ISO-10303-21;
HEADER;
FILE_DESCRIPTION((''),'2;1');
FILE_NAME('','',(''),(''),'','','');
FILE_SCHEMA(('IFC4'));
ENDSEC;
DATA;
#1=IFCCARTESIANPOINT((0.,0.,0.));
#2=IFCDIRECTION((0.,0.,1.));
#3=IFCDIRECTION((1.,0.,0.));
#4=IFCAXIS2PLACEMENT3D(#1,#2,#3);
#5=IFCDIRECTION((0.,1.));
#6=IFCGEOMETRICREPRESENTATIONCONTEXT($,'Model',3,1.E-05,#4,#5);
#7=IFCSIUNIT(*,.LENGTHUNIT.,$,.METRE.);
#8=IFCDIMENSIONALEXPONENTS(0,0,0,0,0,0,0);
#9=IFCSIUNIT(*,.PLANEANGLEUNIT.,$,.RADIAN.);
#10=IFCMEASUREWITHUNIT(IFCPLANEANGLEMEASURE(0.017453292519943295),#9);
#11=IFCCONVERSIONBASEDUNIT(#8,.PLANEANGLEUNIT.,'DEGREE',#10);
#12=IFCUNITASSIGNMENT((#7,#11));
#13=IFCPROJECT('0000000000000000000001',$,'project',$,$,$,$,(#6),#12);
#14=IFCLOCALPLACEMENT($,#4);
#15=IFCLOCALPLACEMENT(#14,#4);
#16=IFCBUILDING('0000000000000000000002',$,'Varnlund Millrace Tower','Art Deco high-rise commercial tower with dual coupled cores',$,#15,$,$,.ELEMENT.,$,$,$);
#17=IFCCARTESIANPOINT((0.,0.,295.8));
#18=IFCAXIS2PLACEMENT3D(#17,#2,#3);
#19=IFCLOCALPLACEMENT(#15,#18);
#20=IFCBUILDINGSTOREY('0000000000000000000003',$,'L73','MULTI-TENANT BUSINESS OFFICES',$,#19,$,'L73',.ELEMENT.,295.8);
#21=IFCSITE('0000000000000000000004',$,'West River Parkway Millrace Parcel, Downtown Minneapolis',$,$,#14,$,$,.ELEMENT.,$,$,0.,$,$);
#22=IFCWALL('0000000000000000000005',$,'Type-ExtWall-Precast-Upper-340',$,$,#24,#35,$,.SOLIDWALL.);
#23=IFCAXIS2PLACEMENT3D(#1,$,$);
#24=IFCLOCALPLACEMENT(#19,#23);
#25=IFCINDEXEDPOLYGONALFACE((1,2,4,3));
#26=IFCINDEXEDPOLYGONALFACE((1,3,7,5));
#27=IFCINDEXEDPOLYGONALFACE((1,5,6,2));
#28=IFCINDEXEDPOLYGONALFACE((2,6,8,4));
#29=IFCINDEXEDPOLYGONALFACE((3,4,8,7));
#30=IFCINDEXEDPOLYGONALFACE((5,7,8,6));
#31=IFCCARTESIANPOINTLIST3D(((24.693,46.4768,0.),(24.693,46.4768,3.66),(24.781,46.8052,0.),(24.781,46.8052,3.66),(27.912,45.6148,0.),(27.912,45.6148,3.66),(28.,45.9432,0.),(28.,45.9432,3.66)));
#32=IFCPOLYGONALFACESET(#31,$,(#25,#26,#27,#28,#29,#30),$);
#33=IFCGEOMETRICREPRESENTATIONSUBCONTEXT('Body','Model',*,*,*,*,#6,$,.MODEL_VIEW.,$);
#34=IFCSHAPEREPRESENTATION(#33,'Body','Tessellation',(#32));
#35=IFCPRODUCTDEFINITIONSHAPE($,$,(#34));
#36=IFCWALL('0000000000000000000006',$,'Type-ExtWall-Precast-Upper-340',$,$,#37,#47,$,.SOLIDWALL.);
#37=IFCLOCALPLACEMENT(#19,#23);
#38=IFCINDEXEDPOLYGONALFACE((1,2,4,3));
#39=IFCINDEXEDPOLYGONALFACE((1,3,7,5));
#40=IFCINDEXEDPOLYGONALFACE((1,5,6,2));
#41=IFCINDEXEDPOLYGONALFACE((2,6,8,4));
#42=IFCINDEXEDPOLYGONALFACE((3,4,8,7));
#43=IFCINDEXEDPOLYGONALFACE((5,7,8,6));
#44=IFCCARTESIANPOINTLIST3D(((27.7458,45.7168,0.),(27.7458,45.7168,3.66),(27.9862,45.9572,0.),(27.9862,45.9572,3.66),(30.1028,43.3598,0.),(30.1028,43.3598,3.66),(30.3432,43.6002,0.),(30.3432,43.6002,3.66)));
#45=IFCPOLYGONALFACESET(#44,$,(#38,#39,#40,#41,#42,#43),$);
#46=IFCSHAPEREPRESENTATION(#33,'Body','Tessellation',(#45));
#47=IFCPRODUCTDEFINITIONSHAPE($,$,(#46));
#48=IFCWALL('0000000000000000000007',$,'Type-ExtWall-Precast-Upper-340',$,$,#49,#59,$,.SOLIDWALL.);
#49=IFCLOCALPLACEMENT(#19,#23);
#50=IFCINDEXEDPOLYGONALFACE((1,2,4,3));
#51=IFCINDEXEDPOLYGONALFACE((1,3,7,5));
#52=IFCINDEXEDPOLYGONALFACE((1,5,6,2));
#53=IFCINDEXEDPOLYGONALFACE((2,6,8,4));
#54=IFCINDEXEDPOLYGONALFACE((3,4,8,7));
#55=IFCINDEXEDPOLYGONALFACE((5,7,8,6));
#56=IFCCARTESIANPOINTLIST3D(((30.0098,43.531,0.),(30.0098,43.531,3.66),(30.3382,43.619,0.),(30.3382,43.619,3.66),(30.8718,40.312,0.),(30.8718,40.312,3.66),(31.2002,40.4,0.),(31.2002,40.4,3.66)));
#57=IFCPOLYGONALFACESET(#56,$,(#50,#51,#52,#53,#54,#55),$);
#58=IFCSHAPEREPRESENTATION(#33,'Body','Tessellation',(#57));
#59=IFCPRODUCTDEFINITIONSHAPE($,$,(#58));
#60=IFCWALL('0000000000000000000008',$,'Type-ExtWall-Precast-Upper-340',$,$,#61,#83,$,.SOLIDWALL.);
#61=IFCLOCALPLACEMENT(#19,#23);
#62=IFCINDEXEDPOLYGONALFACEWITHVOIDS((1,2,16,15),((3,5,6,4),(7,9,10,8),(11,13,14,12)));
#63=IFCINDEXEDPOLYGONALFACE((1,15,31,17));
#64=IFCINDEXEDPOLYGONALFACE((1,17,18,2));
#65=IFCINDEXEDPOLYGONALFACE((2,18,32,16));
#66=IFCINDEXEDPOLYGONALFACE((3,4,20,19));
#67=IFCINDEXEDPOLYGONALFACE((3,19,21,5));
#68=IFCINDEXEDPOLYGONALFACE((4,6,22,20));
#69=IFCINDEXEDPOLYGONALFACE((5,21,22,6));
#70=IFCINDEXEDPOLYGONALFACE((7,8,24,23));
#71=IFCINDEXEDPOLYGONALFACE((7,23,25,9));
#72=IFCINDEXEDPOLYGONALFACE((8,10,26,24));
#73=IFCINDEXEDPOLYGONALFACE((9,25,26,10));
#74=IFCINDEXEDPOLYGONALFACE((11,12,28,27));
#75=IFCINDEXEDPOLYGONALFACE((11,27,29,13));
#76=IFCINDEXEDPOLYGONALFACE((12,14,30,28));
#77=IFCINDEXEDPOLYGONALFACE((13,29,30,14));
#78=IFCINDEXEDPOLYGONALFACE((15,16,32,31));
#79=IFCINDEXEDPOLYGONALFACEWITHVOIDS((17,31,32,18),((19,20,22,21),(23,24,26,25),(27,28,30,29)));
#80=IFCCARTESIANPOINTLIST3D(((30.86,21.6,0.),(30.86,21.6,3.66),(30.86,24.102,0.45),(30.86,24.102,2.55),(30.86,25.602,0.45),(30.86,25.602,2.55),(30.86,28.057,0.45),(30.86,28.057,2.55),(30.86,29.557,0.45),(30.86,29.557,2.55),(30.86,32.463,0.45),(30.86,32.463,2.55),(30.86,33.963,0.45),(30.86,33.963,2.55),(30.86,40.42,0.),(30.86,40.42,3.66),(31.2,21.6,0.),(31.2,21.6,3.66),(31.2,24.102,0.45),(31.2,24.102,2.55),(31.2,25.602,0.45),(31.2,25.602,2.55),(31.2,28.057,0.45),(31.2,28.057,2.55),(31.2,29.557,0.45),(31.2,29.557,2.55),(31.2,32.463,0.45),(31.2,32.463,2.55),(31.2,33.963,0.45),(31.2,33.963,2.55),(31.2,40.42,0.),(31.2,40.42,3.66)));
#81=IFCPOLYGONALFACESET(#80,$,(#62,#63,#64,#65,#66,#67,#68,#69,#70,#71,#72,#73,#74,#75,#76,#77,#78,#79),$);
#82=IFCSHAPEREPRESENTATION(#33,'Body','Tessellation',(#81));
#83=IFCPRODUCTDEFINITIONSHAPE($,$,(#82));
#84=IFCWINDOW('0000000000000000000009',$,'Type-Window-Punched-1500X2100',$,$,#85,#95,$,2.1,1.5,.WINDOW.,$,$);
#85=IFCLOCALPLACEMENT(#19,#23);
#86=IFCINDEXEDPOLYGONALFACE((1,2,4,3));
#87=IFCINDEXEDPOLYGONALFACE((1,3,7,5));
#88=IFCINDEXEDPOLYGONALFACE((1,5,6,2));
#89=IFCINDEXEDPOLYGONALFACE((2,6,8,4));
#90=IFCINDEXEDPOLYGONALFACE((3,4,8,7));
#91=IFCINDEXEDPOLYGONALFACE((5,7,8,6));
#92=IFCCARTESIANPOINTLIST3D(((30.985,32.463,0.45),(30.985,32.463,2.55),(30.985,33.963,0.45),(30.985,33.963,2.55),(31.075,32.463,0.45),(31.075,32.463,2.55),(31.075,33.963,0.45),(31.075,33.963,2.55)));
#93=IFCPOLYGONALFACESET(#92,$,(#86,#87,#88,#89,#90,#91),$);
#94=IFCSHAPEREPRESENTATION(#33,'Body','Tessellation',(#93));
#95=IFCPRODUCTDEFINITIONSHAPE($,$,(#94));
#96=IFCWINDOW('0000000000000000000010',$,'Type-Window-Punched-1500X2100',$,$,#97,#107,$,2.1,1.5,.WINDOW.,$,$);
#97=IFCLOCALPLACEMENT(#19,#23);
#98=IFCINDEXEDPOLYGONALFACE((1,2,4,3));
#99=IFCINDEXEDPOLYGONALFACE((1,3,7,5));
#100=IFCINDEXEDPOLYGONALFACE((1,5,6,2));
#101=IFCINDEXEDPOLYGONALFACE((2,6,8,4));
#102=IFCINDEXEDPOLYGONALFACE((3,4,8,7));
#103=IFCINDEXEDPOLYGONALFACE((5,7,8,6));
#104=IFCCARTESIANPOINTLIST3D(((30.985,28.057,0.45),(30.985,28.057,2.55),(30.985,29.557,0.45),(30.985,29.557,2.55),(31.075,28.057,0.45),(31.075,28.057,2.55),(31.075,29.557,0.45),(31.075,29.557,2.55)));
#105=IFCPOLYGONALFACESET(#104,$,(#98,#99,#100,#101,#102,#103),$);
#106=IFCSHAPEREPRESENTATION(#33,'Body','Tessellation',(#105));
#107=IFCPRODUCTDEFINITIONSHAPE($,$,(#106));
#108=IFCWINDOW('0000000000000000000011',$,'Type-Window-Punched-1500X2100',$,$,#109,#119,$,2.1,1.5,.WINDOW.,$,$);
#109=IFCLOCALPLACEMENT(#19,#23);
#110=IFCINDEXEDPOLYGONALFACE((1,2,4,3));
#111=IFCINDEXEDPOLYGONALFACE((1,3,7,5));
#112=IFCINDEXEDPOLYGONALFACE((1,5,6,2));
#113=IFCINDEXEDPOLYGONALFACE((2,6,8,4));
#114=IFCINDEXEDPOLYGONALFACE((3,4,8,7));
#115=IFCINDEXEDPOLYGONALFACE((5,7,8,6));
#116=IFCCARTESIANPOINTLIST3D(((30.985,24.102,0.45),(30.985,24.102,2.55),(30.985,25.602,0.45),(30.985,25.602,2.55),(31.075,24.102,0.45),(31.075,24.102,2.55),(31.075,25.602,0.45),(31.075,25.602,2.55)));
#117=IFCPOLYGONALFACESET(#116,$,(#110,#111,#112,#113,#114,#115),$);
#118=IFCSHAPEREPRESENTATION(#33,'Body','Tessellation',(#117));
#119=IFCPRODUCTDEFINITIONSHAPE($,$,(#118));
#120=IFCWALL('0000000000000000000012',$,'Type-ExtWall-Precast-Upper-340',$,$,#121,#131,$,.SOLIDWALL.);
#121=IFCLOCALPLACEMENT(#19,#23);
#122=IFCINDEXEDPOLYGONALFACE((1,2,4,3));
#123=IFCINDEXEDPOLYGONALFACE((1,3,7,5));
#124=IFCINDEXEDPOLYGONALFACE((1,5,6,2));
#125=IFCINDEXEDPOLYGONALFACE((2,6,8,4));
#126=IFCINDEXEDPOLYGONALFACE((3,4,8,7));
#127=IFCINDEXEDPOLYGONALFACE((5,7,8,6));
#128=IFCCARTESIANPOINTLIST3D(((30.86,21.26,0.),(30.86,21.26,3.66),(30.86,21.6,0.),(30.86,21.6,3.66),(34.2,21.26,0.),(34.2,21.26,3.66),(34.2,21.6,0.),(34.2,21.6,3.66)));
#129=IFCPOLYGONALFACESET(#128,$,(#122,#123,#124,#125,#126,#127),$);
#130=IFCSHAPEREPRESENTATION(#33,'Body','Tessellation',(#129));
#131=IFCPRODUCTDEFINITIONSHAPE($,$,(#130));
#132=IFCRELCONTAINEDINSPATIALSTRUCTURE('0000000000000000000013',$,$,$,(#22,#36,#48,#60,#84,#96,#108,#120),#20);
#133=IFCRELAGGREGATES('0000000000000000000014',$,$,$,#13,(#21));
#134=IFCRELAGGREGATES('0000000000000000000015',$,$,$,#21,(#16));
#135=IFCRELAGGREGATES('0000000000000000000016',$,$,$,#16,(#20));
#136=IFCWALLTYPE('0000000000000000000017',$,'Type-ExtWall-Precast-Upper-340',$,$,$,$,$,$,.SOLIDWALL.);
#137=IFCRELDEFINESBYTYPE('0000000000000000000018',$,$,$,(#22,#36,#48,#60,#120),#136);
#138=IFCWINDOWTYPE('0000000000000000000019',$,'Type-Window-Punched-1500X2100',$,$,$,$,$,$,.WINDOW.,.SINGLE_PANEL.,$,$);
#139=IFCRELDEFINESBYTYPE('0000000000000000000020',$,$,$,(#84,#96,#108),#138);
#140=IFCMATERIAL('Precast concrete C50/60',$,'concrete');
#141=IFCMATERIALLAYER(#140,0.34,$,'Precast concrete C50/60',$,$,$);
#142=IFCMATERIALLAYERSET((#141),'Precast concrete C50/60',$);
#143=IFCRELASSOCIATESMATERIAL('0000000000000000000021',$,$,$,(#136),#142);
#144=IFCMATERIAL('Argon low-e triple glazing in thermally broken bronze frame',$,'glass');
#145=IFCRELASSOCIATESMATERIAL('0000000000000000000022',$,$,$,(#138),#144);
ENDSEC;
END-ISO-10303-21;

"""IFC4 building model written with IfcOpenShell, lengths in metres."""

from ifc_helpers import new_model, entity, si_unit, converted_unit, direction, frame, origin_with_axes, origin_2d_with_axis, place, context, subcontext, project, spatial, polyline, rectangle, outline, extrude, material, layer, layer_set, type_object, element, fill, save


model = new_model("IFC4")

# Units and contexts
model_context = context("Model", 3, precision=1e-05, world=origin_with_axes(), true_north=direction((0.0, 1.0)))
body_context = subcontext(model_context, "Body", "Model", "MODEL_VIEW")
ifc_project = project(units=[si_unit("LENGTHUNIT", "METRE"), converted_unit("PLANEANGLEUNIT", "DEGREE", entity("IfcPlaneAngleMeasure", 0.017453292519943295), si_unit("PLANEANGLEUNIT", "RADIAN"), dimensions=[0, 0, 0, 0, 0, 0, 0])], contexts=[model_context])

# Site, building, storey
site_placement = place(None, origin_with_axes())
site = spatial("IfcSite", under=ifc_project, at=site_placement, Name="West River Parkway Millrace Parcel, Downtown Minneapolis", CompositionType="ELEMENT", RefElevation=0.0)
building_placement = place(site_placement, origin_with_axes())
building = spatial("IfcBuilding", under=site, at=building_placement, Name="Varnlund Millrace Tower", Description="Art Deco high-rise commercial tower with dual coupled cores", CompositionType="ELEMENT")
storey_placement = place(building_placement, frame((0.0, 0.0, 295.8), z_axis=(0.0, 0.0, 1.0), x_axis=(1.0, 0.0, 0.0)))
storey = spatial("IfcBuildingStorey", under=building, at=storey_placement, Name="L73", Description="MULTI-TENANT BUSINESS OFFICES", LongName="L73", CompositionType="ELEMENT", Elevation=295.8)

# Walls
ifc_material_1 = material(Name="Precast concrete C50/60", Category="concrete")
ifc_layer_1 = layer(ifc_material_1, 0.34, Name="Precast concrete C50/60")
ifc_layer_set_1 = layer_set([ifc_layer_1], Name="Precast concrete C50/60")
wall_type_1 = type_object("IfcWallType", Name="Type-ExtWall-Precast-Upper-340", PredefinedType="SOLIDWALL", material=ifc_layer_set_1)
wall_1_placement = place(storey_placement, frame((24.737, 46.641, 0.0), z_axis=(0.0, 0.0, 1.0), x_axis=(0.965965, -0.258671, 0.0)))
element("IfcWall", 1, at=wall_1_placement, inside=storey, type_object=wall_type_1, Name="Type-ExtWall-Precast-Upper-340", PredefinedType="SOLIDWALL", context=body_context, shape_type="SweptSolid", body=[
    extrude(outline(polyline([(0.0, -0.17), (3.3324, -0.17), (3.3324, 0.17), (0.0, 0.17), (0.0, -0.17)])), origin_with_axes(), (0.0, 0.0, 1.0), 3.66),
])
wall_2_placement = place(storey_placement, frame((27.866, 45.837, 0.0), z_axis=(0.0, 0.0, 1.0), x_axis=(0.707107, -0.707107, 0.0)))
element("IfcWall", 2, at=wall_2_placement, inside=storey, type_object=wall_type_1, Name="Type-ExtWall-Precast-Upper-340", PredefinedType="SOLIDWALL", context=body_context, shape_type="SweptSolid", body=[
    extrude(outline(polyline([(0.0, -0.17), (3.3333, -0.17), (3.3333, 0.17), (0.0, 0.17), (0.0, -0.17)])), origin_with_axes(), (0.0, 0.0, 1.0), 3.66),
])
wall_3_placement = place(storey_placement, frame((30.174, 43.575, 0.0), z_axis=(0.0, 0.0, 1.0), x_axis=(0.258671, -0.965965, 0.0)))
element("IfcWall", 3, at=wall_3_placement, inside=storey, type_object=wall_type_1, Name="Type-ExtWall-Precast-Upper-340", PredefinedType="SOLIDWALL", context=body_context, shape_type="SweptSolid", body=[
    extrude(outline(polyline([(0.0, -0.17), (3.3324, -0.17), (3.3324, 0.17), (0.0, 0.17), (0.0, -0.17)])), origin_with_axes(), (0.0, 0.0, 1.0), 3.66),
])

# Wall, openings, windows
wall_4_placement = place(storey_placement, frame((31.03, 40.42, 0.0), z_axis=(0.0, 0.0, 1.0), x_axis=(0.0, -1.0, 0.0)))
wall_4 = element("IfcWall", 4, at=wall_4_placement, inside=storey, type_object=wall_type_1, Name="Type-ExtWall-Precast-Upper-340", PredefinedType="SOLIDWALL", context=body_context, shape_type="SweptSolid", body=[
    extrude(outline(polyline([(0.0, -0.17), (18.82, -0.17), (18.82, 0.17), (0.0, 0.17), (0.0, -0.17)])), origin_with_axes(), (0.0, 0.0, 1.0), 3.66),
])
opening_1_placement = place(wall_4_placement, frame((7.207, 0.0, 0.45), z_axis=(0.0, 0.0, 1.0), x_axis=(1.0, 0.0, 0.0)))
opening_1 = element("IfcOpeningElement", 5, at=opening_1_placement, cuts=wall_4, PredefinedType="OPENING", context=body_context, shape_type="SweptSolid", body=[
    extrude(rectangle(XDim=1.5, YDim=0.36, at=origin_2d_with_axis()), origin_with_axes(), (0.0, 0.0, 1.0), 2.1),
])
opening_2_placement = place(wall_4_placement, frame((11.613, 0.0, 0.45), z_axis=(0.0, 0.0, 1.0), x_axis=(1.0, 0.0, 0.0)))
opening_2 = element("IfcOpeningElement", 6, at=opening_2_placement, cuts=wall_4, PredefinedType="OPENING", context=body_context, shape_type="SweptSolid", body=[
    extrude(rectangle(XDim=1.5, YDim=0.36, at=origin_2d_with_axis()), origin_with_axes(), (0.0, 0.0, 1.0), 2.1),
])
opening_3_placement = place(wall_4_placement, frame((15.568, 0.0, 0.45), z_axis=(0.0, 0.0, 1.0), x_axis=(1.0, 0.0, 0.0)))
opening_3 = element("IfcOpeningElement", 7, at=opening_3_placement, cuts=wall_4, PredefinedType="OPENING", context=body_context, shape_type="SweptSolid", body=[
    extrude(rectangle(XDim=1.5, YDim=0.36, at=origin_2d_with_axis()), origin_with_axes(), (0.0, 0.0, 1.0), 2.1),
])
ifc_material_2 = material(Name="Argon low-e triple glazing in thermally broken bronze frame", Category="glass")
window_type = type_object("IfcWindowType", Name="Type-Window-Punched-1500X2100", PartitioningType="SINGLE_PANEL", PredefinedType="WINDOW", material=ifc_material_2)
window_1_placement = place(wall_4_placement, frame((7.207, 0.0, 0.45), z_axis=(0.0, 0.0, 1.0), x_axis=(1.0, 0.0, 0.0)))
window_1 = element("IfcWindow", 8, at=window_1_placement, inside=storey, type_object=window_type, Name="Type-Window-Punched-1500X2100", OverallHeight=2.1, OverallWidth=1.5, PredefinedType="WINDOW", context=body_context, shape_type="SweptSolid", body=[
    extrude(rectangle(XDim=1.5, YDim=0.09, at=origin_2d_with_axis()), origin_with_axes(), (0.0, 0.0, 1.0), 2.1),
])
fill(opening_1, window_1)
window_2_placement = place(wall_4_placement, frame((11.613, 0.0, 0.45), z_axis=(0.0, 0.0, 1.0), x_axis=(1.0, 0.0, 0.0)))
window_2 = element("IfcWindow", 9, at=window_2_placement, inside=storey, type_object=window_type, Name="Type-Window-Punched-1500X2100", OverallHeight=2.1, OverallWidth=1.5, PredefinedType="WINDOW", context=body_context, shape_type="SweptSolid", body=[
    extrude(rectangle(XDim=1.5, YDim=0.09, at=origin_2d_with_axis()), origin_with_axes(), (0.0, 0.0, 1.0), 2.1),
])
fill(opening_2, window_2)
window_3_placement = place(wall_4_placement, frame((15.568, 0.0, 0.45), z_axis=(0.0, 0.0, 1.0), x_axis=(1.0, 0.0, 0.0)))
window_3 = element("IfcWindow", 10, at=window_3_placement, inside=storey, type_object=window_type, Name="Type-Window-Punched-1500X2100", OverallHeight=2.1, OverallWidth=1.5, PredefinedType="WINDOW", context=body_context, shape_type="SweptSolid", body=[
    extrude(rectangle(XDim=1.5, YDim=0.09, at=origin_2d_with_axis()), origin_with_axes(), (0.0, 0.0, 1.0), 2.1),
])
fill(opening_3, window_3)

# Wall
wall_5_placement = place(storey_placement, frame((30.86, 21.43, 0.0), z_axis=(0.0, 0.0, 1.0), x_axis=(1.0, 0.0, 0.0)))
element("IfcWall", 11, at=wall_5_placement, inside=storey, type_object=wall_type_1, Name="Type-ExtWall-Precast-Upper-340", PredefinedType="SOLIDWALL", context=body_context, shape_type="SweptSolid", body=[
    extrude(outline(polyline([(0.0, -0.17), (3.34, -0.17), (3.34, 0.17), (0.0, 0.17), (0.0, -0.17)])), origin_with_axes(), (0.0, 0.0, 1.0), 3.66),
])

save(model, "model.ifc")
